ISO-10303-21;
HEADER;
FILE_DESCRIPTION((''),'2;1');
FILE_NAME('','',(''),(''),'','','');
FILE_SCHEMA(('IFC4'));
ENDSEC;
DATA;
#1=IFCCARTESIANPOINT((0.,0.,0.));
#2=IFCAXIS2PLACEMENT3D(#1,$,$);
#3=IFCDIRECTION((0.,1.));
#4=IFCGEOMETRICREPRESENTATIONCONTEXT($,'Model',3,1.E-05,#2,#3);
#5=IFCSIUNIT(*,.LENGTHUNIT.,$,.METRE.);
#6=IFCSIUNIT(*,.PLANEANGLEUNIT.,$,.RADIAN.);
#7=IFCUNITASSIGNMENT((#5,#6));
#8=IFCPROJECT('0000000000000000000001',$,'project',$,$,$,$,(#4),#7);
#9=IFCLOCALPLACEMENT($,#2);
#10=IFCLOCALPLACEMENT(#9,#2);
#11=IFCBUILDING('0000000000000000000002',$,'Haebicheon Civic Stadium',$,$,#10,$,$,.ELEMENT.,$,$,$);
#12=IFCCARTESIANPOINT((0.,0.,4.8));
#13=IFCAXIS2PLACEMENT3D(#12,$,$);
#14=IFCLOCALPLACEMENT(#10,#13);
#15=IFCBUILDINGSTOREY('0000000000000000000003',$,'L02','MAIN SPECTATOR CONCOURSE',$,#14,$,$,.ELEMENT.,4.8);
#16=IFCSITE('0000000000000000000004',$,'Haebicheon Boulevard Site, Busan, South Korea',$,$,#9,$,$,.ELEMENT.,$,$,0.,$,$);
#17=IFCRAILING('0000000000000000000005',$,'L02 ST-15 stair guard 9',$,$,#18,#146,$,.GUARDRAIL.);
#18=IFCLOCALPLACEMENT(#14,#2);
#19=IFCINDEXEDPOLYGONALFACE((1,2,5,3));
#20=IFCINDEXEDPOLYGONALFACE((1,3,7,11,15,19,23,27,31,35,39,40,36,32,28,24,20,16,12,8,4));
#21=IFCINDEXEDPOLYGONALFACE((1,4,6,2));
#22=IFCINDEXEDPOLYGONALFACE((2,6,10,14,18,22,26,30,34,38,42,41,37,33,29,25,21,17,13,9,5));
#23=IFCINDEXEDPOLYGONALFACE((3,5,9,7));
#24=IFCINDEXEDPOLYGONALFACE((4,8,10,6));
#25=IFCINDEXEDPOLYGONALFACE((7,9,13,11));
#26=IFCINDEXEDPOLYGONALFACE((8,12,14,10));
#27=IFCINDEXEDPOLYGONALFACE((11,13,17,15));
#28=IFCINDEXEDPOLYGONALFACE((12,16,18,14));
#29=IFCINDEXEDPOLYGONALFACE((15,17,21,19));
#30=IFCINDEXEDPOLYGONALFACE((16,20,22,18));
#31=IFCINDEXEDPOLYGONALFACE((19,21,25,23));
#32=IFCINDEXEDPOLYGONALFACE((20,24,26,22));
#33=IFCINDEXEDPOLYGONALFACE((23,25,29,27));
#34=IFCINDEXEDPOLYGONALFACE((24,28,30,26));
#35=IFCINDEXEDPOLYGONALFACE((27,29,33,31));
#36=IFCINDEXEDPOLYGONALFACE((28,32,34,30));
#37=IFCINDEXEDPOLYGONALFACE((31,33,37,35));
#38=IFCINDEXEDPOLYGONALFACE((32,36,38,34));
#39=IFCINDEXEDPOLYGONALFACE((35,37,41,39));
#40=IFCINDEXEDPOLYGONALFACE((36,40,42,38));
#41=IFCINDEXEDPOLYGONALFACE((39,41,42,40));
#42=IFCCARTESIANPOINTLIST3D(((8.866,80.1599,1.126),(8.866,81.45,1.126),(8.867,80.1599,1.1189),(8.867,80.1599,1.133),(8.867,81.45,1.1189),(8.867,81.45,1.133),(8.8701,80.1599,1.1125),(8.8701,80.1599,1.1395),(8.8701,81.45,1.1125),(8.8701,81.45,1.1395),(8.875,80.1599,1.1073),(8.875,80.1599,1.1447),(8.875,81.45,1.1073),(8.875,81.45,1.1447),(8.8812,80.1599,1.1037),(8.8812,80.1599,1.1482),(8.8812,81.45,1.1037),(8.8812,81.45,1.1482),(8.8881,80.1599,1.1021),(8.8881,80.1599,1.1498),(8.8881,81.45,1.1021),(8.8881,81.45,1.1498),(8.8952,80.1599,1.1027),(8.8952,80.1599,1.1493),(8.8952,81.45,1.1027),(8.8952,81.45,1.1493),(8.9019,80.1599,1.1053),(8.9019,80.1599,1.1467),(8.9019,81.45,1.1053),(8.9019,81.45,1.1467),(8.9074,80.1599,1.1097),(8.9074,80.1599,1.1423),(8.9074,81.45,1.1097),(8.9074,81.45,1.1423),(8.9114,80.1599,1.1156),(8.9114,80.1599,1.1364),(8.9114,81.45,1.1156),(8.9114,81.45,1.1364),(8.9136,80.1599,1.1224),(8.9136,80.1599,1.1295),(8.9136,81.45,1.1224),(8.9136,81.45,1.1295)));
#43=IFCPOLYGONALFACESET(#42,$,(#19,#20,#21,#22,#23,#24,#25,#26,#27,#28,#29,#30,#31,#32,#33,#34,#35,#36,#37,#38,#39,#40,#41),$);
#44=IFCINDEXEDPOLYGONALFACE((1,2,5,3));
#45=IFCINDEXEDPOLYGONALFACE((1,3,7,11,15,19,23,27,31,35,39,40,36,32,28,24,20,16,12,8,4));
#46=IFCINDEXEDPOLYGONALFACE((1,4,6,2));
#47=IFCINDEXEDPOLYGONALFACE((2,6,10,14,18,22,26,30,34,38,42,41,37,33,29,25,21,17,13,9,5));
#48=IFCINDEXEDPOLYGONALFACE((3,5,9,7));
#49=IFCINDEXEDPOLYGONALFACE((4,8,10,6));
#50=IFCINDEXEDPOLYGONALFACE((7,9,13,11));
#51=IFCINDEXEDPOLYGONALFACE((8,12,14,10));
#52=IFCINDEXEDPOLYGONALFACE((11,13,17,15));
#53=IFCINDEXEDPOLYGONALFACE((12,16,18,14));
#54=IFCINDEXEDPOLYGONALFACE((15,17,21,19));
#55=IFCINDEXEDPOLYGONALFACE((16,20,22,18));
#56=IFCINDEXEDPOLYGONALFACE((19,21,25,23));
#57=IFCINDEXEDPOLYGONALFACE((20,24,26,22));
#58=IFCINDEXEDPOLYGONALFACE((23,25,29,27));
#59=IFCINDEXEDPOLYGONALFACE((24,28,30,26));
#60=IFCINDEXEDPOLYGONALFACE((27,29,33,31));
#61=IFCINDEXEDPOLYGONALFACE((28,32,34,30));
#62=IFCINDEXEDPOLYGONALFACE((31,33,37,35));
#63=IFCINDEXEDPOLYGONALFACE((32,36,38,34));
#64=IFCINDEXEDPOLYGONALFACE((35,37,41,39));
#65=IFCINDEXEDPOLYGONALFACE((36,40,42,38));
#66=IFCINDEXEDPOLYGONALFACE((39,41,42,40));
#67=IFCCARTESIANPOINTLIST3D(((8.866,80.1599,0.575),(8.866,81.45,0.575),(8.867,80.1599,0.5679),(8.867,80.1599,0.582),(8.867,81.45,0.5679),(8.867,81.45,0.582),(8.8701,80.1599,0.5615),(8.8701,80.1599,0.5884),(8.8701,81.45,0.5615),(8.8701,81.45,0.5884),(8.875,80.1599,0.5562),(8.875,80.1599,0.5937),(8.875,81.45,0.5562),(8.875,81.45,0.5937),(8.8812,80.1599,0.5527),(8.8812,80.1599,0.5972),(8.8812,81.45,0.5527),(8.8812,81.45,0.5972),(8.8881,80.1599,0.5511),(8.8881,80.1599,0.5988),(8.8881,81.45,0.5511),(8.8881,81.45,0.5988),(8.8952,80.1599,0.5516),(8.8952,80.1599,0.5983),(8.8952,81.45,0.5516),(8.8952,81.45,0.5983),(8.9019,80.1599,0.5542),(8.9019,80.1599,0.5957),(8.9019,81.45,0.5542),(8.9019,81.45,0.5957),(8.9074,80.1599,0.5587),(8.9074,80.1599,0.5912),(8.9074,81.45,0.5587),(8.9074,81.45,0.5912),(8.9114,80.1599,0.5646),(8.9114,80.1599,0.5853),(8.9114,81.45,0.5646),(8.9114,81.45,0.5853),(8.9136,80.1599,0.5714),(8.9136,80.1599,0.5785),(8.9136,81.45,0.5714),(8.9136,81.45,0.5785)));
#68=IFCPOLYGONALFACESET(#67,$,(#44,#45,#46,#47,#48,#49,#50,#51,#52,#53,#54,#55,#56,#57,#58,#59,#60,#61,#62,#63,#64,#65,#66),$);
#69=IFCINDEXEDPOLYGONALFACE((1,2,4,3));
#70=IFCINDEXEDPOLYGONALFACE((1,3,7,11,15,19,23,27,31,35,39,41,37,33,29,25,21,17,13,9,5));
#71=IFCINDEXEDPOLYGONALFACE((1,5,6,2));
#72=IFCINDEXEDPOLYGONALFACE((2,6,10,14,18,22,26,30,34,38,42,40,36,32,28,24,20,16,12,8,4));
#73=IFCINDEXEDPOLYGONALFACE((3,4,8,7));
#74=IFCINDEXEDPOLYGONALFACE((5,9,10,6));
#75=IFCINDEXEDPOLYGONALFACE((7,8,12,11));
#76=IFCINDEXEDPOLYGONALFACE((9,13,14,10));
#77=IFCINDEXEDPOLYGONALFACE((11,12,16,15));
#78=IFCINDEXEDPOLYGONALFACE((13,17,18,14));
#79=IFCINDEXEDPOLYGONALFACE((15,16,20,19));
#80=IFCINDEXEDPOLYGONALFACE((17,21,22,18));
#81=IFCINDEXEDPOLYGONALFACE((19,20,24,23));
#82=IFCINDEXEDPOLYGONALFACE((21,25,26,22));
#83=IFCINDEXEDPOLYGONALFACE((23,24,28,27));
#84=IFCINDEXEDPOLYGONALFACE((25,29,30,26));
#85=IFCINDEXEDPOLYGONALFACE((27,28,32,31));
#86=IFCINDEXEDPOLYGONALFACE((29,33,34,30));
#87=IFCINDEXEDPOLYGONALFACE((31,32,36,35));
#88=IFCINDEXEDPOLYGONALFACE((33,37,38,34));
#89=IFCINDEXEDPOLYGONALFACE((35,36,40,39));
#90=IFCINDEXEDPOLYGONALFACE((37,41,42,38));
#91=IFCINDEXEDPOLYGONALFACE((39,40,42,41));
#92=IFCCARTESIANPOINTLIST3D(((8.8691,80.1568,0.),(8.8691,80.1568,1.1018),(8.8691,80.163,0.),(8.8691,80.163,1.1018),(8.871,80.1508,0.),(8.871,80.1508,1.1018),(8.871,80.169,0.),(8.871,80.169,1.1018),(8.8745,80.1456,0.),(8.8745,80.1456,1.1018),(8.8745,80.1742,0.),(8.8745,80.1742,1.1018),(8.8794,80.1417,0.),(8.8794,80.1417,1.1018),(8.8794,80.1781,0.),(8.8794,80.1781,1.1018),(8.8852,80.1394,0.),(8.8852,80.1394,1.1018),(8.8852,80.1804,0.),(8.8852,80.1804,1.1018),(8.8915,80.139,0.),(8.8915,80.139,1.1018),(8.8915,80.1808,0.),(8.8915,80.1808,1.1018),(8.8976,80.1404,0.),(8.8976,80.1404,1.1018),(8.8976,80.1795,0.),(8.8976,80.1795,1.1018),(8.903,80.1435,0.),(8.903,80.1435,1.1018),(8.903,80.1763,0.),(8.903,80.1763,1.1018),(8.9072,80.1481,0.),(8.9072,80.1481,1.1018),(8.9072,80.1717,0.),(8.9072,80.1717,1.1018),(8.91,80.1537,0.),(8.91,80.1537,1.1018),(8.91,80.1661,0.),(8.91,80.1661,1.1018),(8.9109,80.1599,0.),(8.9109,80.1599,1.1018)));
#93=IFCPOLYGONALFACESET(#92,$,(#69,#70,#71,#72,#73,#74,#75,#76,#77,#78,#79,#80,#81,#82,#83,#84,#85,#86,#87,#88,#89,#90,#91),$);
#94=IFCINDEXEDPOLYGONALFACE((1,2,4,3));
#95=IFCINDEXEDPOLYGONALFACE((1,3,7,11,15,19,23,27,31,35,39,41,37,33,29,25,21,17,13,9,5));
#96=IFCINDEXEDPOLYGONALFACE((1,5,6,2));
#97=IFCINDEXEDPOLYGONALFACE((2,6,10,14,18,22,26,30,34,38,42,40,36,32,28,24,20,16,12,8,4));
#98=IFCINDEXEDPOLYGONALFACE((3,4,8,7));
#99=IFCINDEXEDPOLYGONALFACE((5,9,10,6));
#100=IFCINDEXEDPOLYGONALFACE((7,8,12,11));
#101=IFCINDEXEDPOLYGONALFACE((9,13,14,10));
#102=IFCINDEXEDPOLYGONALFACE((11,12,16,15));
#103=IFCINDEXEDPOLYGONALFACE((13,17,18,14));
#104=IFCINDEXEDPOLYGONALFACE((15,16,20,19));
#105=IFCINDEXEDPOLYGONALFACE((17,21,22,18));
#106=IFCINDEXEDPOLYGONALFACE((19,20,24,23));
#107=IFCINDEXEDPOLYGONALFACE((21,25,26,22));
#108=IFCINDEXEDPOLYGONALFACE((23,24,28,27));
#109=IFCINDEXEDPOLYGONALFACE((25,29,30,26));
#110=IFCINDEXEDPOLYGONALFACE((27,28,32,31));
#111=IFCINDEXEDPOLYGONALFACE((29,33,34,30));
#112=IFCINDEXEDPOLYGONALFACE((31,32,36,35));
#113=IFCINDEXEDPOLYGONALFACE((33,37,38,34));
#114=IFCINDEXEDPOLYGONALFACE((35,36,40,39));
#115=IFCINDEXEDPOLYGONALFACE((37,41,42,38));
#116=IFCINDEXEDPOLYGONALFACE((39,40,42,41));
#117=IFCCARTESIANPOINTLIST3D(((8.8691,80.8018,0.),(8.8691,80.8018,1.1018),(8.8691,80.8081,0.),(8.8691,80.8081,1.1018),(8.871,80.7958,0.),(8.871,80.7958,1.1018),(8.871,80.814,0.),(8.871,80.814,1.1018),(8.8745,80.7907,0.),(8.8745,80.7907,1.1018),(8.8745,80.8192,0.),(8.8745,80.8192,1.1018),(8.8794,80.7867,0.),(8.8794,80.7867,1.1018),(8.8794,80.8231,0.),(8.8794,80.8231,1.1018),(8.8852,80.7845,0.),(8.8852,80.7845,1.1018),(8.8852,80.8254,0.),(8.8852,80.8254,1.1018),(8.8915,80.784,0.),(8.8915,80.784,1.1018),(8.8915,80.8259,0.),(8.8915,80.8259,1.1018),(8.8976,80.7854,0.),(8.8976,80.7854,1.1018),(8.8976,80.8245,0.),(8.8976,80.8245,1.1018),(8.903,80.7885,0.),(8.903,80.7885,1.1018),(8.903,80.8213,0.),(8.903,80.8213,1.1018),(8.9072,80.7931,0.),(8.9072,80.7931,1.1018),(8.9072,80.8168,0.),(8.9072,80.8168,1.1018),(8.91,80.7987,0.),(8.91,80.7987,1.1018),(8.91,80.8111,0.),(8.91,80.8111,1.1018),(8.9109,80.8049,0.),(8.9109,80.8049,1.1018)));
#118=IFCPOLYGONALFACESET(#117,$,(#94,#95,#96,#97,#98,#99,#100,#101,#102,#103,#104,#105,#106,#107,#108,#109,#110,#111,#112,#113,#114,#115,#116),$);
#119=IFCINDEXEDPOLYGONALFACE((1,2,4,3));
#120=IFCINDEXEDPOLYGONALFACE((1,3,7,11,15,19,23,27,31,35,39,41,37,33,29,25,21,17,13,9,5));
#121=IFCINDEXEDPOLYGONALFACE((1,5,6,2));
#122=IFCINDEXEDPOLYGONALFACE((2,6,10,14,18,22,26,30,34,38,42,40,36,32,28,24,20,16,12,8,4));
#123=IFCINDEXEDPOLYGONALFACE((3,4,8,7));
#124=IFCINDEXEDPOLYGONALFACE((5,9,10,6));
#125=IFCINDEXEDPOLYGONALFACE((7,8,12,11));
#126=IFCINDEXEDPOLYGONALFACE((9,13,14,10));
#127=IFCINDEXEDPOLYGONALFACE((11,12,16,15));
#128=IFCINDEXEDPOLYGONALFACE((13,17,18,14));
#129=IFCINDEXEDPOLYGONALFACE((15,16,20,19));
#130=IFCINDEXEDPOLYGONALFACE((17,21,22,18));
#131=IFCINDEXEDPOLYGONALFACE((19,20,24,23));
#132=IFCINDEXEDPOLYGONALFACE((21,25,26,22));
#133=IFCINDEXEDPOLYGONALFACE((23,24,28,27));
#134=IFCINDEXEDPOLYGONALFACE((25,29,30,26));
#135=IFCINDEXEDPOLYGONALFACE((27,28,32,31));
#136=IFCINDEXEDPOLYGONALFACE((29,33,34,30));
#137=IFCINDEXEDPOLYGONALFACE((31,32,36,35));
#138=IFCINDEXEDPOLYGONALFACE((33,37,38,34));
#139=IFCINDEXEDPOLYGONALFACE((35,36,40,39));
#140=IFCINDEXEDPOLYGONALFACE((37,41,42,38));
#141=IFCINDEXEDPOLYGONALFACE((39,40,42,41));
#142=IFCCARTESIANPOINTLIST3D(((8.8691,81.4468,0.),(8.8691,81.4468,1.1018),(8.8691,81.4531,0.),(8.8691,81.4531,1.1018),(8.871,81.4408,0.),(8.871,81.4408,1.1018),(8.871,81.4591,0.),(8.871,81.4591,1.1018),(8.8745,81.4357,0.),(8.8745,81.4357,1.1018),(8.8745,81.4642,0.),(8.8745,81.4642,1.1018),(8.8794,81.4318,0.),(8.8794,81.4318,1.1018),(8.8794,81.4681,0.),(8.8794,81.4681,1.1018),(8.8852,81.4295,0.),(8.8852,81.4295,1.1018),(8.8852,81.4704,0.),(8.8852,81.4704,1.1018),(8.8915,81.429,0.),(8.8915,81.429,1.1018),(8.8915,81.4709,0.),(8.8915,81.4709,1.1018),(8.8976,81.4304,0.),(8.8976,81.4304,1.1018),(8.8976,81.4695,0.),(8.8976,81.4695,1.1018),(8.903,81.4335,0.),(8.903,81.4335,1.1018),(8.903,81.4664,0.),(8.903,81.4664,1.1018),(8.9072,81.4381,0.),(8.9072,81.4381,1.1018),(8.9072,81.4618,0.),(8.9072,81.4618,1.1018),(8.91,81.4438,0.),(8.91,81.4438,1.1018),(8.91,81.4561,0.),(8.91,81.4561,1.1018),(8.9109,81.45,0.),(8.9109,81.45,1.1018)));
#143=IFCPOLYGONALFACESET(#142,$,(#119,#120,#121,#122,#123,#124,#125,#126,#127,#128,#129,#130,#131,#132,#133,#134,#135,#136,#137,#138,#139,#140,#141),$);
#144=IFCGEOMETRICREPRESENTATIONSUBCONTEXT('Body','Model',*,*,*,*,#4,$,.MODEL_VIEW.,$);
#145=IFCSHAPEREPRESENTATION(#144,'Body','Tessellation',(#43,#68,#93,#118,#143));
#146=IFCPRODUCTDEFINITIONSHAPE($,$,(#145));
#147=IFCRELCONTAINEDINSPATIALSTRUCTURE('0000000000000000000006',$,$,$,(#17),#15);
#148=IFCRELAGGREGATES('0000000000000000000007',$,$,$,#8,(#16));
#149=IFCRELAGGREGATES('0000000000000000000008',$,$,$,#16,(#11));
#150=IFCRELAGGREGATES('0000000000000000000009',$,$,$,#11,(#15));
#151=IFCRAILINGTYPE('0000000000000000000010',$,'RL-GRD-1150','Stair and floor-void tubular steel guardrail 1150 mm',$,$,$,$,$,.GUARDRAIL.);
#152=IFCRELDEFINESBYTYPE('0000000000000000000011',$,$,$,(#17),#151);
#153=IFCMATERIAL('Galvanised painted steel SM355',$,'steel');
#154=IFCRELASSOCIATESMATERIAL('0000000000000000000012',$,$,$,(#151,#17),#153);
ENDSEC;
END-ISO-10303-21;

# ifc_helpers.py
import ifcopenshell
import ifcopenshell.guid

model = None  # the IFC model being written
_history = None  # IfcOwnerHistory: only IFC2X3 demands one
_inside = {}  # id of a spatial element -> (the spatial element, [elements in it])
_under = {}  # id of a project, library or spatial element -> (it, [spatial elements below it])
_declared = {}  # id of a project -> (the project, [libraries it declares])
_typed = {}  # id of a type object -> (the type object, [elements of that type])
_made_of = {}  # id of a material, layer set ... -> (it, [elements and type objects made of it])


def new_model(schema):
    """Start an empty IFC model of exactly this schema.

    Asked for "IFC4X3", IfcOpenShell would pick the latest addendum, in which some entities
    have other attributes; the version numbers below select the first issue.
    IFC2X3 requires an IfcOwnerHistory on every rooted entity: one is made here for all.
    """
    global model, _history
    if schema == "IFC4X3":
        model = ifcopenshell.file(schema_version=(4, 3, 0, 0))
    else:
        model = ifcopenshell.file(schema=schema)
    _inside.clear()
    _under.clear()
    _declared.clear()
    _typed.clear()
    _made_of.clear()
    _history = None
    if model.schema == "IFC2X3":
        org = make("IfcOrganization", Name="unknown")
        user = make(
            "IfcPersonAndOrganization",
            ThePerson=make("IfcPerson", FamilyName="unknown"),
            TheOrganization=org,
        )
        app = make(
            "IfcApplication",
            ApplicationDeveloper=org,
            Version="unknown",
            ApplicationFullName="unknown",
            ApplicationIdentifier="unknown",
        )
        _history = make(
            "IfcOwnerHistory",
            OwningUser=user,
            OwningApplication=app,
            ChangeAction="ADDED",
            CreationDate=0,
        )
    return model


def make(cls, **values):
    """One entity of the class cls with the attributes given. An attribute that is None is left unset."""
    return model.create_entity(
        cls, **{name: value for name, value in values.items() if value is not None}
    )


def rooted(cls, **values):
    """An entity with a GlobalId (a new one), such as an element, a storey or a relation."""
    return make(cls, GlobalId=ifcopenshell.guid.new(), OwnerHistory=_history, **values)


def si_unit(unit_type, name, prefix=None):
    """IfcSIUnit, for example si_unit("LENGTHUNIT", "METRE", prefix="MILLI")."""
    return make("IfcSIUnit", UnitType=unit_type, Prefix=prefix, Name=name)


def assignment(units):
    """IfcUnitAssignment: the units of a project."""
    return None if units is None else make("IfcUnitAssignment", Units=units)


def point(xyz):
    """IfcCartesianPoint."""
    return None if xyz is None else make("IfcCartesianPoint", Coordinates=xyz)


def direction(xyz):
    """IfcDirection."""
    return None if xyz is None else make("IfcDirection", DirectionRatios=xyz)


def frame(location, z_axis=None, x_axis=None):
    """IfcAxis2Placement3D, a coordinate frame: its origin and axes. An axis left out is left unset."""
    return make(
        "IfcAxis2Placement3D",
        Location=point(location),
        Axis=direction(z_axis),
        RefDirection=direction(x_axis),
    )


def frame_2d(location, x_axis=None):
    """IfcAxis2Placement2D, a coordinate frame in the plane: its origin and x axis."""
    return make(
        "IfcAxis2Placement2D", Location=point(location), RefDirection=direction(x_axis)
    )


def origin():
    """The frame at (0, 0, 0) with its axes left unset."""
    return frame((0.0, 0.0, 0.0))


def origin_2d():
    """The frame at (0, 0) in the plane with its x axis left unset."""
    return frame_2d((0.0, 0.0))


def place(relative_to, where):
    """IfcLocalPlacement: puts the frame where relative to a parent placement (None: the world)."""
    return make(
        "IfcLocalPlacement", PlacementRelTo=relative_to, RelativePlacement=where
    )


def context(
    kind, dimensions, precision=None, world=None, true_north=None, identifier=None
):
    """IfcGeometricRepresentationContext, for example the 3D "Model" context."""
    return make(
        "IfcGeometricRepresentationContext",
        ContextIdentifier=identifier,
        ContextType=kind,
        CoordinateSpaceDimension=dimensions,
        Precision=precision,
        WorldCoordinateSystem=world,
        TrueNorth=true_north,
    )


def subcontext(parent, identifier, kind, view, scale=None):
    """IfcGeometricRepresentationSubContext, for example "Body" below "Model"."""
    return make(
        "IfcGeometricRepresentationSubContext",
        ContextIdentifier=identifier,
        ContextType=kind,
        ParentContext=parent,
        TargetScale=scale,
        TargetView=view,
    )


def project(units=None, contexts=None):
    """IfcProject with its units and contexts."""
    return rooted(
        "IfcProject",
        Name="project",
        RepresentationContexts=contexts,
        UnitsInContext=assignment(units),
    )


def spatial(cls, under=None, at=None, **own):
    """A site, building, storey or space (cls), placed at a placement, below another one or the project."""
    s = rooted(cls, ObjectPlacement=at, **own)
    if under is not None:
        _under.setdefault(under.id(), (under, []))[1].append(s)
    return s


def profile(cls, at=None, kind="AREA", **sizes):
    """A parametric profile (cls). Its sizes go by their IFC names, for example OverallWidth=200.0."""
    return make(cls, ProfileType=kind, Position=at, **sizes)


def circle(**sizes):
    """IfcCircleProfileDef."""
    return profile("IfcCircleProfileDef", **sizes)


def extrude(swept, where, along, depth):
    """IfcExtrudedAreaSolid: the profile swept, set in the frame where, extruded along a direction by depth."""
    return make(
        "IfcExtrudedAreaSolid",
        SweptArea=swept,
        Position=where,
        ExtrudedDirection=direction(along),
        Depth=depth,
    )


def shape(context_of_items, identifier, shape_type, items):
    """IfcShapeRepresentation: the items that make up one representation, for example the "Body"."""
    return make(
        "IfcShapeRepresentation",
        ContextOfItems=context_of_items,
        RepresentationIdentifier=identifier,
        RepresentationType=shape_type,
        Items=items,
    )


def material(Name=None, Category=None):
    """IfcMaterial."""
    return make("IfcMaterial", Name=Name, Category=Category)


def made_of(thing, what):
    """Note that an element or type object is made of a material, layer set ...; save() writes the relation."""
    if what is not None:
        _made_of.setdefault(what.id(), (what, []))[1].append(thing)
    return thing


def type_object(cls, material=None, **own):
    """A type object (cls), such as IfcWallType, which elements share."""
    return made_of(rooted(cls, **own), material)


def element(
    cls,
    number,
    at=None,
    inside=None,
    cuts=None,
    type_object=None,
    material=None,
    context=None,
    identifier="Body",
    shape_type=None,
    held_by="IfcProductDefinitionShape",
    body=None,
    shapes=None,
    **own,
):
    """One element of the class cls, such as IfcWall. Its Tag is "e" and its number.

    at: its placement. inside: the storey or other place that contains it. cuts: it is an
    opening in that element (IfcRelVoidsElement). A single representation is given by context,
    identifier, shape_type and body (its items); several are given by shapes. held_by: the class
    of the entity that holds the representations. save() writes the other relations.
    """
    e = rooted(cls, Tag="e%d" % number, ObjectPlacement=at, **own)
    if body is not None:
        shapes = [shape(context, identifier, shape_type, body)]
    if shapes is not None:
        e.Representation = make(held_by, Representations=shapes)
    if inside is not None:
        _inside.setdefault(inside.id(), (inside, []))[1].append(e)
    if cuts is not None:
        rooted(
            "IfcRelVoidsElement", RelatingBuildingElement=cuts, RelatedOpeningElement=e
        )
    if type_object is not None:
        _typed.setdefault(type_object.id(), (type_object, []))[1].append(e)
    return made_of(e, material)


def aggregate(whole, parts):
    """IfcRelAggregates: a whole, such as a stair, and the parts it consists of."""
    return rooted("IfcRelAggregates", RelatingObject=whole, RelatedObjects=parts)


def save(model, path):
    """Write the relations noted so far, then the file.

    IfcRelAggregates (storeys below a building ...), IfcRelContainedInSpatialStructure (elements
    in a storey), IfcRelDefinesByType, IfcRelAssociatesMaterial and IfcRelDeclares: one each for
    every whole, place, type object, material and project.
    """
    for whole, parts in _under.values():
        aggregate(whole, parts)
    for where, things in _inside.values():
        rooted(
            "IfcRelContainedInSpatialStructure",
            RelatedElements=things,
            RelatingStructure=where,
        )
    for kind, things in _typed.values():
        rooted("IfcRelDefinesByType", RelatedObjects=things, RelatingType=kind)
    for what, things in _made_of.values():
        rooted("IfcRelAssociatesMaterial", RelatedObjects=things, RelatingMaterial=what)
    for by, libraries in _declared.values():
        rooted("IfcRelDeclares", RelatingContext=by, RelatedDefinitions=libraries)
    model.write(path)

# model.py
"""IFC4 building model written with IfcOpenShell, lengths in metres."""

from ifc_helpers import new_model, si_unit, direction, frame, origin, origin_2d, place, context, subcontext, project, spatial, circle, extrude, material, type_object, element, save


model = new_model("IFC4")

# Units and contexts
model_context = context("Model", 3, precision=1e-05, world=origin(), true_north=direction((0.0, 1.0)))
body_context = subcontext(model_context, "Body", "Model", "MODEL_VIEW")
ifc_project = project(units=[si_unit("LENGTHUNIT", "METRE"), si_unit("PLANEANGLEUNIT", "RADIAN")], contexts=[model_context])

# Site, building, storey
site_placement = place(None, origin())
site = spatial("IfcSite", under=ifc_project, at=site_placement, Name="Haebicheon Boulevard Site, Busan, South Korea", CompositionType="ELEMENT", RefElevation=0.0)
building_placement = place(site_placement, origin())
building = spatial("IfcBuilding", under=site, at=building_placement, Name="Haebicheon Civic Stadium", CompositionType="ELEMENT")
storey_placement = place(building_placement, frame((0.0, 0.0, 4.8)))
storey = spatial("IfcBuildingStorey", under=building, at=storey_placement, Name="L02", Description="MAIN SPECTATOR CONCOURSE", CompositionType="ELEMENT", Elevation=4.8)

# Railing
ifc_material_1 = material(Name="Galvanised painted steel SM355", Category="steel")
railing_type = type_object("IfcRailingType", Name="RL-GRD-1150", Description="Stair and floor-void tubular steel guardrail 1150 mm", PredefinedType="GUARDRAIL", material=ifc_material_1)
for number, where, name in (
    (1, (8.8899, 80.1599, 0.0), "L02 ST-15 stair guard 9"),
):
    element("IfcRailing", number, at=place(storey_placement, frame(where)), inside=storey, type_object=railing_type, material=ifc_material_1, Name=name, PredefinedType="GUARDRAIL", context=body_context, shape_type="SweptSolid", body=[
        extrude(circle(Radius=0.0239, at=origin_2d()), frame((0.0, 0.0, 1.126), z_axis=(0.0, 1.0, 0.0), x_axis=(-1.0, 0.0, 0.0)), (0.0, 0.0, 1.0), 1.29),
        extrude(circle(Radius=0.0239, at=origin_2d()), frame((0.0, 0.0, 0.575), z_axis=(0.0, 1.0, 0.0), x_axis=(-1.0, 0.0, 0.0)), (0.0, 0.0, 1.0), 1.29),
        extrude(circle(Radius=0.021, at=origin_2d()), origin(), (0.0, 0.0, 1.0), 1.1018),
        extrude(circle(Radius=0.021, at=origin_2d()), frame((0.0, 0.645, 0.0)), (0.0, 0.0, 1.0), 1.1018),
        extrude(circle(Radius=0.021, at=origin_2d()), frame((0.0, 1.29, 0.0)), (0.0, 0.0, 1.0), 1.1018),
    ])

save(model, "model.ifc")
